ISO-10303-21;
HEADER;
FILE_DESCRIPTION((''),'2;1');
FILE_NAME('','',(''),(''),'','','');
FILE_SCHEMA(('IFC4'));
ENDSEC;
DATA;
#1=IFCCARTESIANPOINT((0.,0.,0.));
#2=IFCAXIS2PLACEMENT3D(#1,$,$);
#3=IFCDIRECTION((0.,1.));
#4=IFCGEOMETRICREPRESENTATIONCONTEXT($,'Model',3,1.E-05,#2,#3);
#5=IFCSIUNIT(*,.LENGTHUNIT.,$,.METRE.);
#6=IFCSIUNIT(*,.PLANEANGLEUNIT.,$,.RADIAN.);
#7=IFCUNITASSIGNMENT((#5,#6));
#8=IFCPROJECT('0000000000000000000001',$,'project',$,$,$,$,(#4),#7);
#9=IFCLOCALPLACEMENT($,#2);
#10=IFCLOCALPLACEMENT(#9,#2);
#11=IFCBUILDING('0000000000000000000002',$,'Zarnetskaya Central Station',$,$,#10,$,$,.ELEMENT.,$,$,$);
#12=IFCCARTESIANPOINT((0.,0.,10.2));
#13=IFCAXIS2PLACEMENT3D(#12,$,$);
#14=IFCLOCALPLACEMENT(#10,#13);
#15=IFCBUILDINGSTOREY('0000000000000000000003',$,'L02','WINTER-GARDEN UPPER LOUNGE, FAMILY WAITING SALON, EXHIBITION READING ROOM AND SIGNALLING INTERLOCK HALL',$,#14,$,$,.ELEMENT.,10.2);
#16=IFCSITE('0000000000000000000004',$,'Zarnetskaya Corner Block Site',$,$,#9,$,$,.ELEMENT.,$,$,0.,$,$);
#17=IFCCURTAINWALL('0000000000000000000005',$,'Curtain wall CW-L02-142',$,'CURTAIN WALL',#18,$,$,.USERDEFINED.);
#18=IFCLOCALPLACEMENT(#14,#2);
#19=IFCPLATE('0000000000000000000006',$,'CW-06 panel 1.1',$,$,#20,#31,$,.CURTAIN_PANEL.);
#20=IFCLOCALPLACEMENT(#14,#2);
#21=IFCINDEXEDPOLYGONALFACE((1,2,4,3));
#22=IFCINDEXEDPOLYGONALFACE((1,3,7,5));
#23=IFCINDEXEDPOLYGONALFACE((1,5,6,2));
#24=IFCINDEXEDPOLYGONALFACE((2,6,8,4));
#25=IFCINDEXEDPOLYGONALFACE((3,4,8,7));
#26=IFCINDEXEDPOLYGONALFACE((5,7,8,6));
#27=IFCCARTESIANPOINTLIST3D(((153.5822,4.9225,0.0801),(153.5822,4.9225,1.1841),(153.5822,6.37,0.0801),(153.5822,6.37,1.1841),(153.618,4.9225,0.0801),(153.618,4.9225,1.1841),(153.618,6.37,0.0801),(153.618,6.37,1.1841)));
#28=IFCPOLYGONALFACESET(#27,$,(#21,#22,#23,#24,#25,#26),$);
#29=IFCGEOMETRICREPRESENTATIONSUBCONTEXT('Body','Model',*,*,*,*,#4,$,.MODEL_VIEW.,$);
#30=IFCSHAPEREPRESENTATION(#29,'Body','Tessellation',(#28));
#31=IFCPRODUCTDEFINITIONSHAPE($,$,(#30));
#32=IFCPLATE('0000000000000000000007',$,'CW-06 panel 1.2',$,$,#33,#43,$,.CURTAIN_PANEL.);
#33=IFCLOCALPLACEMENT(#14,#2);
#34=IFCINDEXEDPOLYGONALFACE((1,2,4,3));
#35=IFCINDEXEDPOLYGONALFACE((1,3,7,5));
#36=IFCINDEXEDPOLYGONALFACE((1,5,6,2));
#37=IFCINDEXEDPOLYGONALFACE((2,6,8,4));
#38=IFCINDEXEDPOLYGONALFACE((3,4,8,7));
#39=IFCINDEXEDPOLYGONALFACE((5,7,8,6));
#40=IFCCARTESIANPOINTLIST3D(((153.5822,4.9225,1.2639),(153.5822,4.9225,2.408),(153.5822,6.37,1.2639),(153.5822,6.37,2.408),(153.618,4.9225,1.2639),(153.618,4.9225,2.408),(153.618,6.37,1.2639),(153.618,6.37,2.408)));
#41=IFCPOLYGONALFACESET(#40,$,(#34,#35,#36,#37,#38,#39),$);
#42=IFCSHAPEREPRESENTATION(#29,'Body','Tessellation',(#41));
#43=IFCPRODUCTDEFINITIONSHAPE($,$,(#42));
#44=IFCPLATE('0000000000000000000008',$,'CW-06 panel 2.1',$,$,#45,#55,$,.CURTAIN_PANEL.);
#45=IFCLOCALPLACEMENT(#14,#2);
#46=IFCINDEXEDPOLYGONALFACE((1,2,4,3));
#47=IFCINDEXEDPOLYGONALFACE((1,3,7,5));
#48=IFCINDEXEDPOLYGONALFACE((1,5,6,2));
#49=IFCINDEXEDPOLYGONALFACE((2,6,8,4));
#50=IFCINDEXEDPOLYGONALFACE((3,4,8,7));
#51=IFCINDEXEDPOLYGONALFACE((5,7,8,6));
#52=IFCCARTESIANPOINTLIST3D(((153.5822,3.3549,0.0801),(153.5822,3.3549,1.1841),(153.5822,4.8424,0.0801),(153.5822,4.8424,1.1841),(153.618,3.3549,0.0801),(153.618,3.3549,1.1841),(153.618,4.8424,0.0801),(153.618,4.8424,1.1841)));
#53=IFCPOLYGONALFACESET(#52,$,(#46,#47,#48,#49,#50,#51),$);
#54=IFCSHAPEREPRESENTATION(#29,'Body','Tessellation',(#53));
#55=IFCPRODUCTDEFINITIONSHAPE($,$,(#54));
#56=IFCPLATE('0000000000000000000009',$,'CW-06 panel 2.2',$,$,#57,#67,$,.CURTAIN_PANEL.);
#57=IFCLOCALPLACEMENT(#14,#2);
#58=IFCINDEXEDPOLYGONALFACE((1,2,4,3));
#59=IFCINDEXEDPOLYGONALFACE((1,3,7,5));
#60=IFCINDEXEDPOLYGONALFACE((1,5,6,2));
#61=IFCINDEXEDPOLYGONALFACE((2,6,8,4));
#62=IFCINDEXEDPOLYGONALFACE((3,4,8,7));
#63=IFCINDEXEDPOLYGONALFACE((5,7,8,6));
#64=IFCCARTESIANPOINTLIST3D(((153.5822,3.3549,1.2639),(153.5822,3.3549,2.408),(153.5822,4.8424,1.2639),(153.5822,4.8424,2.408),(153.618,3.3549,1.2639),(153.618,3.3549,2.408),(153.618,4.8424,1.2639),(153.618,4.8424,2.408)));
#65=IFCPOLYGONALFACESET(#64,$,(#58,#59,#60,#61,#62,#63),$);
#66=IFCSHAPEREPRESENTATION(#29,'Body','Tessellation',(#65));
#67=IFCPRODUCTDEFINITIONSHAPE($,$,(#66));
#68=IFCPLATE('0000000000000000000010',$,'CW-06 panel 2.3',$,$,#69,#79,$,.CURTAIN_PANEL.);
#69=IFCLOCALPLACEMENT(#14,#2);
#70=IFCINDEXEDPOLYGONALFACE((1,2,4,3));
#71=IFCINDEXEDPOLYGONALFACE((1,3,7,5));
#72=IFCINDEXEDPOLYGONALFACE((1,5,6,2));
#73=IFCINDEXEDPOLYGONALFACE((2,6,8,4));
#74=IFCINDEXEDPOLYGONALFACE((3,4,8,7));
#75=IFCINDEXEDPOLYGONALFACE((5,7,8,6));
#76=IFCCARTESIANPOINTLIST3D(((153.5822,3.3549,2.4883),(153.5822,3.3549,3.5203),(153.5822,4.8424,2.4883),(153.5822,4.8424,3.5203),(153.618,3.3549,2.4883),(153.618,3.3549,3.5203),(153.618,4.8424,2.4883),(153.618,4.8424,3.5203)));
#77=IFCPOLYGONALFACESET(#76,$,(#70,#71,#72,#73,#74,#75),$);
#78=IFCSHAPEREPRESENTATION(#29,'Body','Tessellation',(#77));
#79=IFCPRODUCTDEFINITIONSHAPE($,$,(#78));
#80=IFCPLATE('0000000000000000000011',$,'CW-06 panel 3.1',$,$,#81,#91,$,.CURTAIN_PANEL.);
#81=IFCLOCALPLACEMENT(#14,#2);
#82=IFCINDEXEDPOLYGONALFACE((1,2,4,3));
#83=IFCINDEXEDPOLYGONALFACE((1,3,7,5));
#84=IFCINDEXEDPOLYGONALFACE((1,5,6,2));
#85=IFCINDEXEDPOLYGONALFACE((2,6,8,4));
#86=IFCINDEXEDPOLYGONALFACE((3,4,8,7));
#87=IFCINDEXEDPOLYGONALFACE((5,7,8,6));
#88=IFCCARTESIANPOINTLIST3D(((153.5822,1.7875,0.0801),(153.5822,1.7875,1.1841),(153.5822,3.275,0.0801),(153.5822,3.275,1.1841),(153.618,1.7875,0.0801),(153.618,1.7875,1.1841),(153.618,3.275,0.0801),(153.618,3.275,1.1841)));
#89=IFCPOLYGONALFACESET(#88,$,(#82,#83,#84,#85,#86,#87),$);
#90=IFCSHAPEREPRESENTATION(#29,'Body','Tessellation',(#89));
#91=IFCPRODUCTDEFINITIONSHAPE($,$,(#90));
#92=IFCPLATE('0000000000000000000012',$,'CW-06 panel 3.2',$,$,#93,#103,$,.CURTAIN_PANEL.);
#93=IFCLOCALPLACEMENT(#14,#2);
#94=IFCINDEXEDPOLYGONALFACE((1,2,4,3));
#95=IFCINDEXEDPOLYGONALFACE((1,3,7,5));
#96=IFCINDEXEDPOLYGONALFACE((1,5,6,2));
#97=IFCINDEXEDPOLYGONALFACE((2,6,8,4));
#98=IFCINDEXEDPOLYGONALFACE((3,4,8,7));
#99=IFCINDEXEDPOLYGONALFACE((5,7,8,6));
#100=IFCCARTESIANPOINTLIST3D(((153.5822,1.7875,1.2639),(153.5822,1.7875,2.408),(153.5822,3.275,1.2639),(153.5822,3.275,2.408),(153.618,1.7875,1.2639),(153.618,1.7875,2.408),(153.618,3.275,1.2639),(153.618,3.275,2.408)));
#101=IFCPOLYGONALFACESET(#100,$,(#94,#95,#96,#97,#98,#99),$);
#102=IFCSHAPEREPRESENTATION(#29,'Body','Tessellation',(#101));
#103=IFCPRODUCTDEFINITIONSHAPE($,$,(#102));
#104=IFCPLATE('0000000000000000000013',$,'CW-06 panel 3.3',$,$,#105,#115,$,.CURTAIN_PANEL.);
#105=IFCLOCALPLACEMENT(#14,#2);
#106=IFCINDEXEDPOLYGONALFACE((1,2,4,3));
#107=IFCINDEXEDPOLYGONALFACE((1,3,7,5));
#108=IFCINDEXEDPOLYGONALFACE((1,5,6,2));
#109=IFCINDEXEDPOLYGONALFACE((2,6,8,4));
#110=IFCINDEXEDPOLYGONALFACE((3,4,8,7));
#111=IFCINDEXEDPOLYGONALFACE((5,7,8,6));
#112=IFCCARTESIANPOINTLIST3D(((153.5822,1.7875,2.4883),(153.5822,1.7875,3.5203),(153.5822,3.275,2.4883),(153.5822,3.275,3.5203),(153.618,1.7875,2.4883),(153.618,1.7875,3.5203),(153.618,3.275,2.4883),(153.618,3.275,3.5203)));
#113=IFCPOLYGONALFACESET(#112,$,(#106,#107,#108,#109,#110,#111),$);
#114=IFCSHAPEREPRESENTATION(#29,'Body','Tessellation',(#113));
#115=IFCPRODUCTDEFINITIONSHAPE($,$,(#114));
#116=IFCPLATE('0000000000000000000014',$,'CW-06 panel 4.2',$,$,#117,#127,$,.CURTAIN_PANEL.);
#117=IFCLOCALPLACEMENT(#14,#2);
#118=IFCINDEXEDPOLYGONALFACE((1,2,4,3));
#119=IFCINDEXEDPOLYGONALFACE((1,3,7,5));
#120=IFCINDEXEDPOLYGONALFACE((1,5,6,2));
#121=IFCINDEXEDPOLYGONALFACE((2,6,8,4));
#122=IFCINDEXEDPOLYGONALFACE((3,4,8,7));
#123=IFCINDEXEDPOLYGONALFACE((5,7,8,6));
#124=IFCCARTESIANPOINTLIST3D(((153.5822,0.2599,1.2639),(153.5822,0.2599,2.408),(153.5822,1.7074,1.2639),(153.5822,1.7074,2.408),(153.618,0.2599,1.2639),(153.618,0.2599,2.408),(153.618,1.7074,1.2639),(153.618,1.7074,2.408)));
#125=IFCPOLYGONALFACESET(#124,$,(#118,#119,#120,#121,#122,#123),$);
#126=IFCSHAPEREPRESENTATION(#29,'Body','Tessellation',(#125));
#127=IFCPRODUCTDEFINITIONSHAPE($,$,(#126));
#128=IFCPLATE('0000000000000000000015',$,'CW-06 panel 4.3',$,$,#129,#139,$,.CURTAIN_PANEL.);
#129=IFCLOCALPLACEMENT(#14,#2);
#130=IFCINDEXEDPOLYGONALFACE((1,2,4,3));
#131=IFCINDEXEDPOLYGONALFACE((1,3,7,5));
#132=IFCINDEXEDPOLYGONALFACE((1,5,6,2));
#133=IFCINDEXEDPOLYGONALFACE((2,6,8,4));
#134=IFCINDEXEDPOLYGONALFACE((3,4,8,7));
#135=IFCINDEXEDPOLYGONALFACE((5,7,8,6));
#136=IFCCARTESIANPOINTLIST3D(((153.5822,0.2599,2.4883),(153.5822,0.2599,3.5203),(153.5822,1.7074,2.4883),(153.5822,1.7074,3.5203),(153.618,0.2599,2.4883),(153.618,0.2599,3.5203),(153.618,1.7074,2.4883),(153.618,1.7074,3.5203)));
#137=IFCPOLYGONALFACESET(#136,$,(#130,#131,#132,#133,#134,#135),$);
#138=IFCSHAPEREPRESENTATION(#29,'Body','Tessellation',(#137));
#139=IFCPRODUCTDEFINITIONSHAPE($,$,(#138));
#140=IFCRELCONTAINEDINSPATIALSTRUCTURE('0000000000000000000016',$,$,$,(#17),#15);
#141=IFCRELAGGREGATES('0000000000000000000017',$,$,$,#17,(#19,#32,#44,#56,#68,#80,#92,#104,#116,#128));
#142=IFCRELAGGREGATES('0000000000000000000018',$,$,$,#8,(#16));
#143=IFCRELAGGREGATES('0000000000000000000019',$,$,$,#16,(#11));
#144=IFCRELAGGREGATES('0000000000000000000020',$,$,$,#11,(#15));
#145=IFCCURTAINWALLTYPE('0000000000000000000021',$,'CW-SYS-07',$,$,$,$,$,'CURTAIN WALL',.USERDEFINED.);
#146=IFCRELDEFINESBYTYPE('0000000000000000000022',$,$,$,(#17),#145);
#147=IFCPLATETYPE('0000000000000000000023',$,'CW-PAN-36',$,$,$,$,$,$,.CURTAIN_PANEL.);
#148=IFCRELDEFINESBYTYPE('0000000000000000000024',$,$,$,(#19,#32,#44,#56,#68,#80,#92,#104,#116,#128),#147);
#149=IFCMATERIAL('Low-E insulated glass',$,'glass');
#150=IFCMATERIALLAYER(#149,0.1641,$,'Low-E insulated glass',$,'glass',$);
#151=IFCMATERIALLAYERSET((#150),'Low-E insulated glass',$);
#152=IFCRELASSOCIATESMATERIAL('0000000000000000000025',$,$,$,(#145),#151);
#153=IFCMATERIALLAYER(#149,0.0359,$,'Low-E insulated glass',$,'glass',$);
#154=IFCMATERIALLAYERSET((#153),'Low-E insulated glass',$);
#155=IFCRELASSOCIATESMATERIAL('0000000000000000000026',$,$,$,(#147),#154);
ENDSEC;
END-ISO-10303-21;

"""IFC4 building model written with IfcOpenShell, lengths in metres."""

from ifc_helpers import new_model, si_unit, direction, frame, origin, origin_2d, place, context, subcontext, project, spatial, rectangle, extrude, material, layer, layer_set, type_object, element, aggregate, save


model = new_model("IFC4")

# Units and contexts
model_context = context("Model", 3, precision=1e-05, world=origin(), true_north=direction((0.0, 1.0)))
body_context = subcontext(model_context, "Body", "Model", "MODEL_VIEW")
ifc_project = project(units=[si_unit("LENGTHUNIT", "METRE"), si_unit("PLANEANGLEUNIT", "RADIAN")], contexts=[model_context])

# Site, building, storey
site_placement = place(None, origin())
site = spatial("IfcSite", under=ifc_project, at=site_placement, Name="Zarnetskaya Corner Block Site", CompositionType="ELEMENT", RefElevation=0.0)
building_placement = place(site_placement, origin())
building = spatial("IfcBuilding", under=site, at=building_placement, Name="Zarnetskaya Central Station", CompositionType="ELEMENT")
storey_placement = place(building_placement, frame((0.0, 0.0, 10.2)))
storey = spatial("IfcBuildingStorey", under=building, at=storey_placement, Name="L02", Description="WINTER-GARDEN UPPER LOUNGE, FAMILY WAITING SALON, EXHIBITION READING ROOM AND SIGNALLING INTERLOCK HALL", CompositionType="ELEMENT", Elevation=10.2)

# Curtain wall, plates
ifc_material_1 = material(Name="Low-E insulated glass", Category="glass")
ifc_layer_1 = layer(ifc_material_1, 0.1641, Name="Low-E insulated glass", Category="glass")
ifc_layer_set_1 = layer_set([ifc_layer_1], Name="Low-E insulated glass")
curtain_wall_type = type_object("IfcCurtainWallType", Name="CW-SYS-07", ElementType="CURTAIN WALL", PredefinedType="USERDEFINED", material=ifc_layer_set_1)
curtain_wall_placement = place(storey_placement, origin())
curtain_wall = element("IfcCurtainWall", 1, at=curtain_wall_placement, inside=storey, type_object=curtain_wall_type, Name="Curtain wall CW-L02-142", ObjectType="CURTAIN WALL", PredefinedType="USERDEFINED")
ifc_layer_2 = layer(ifc_material_1, 0.0359, Name="Low-E insulated glass", Category="glass")
ifc_layer_set_2 = layer_set([ifc_layer_2], Name="Low-E insulated glass")
plate_type = type_object("IfcPlateType", Name="CW-PAN-36", PredefinedType="CURTAIN_PANEL", material=ifc_layer_set_2)
plate_1_placement = place(storey_placement, frame((153.6001, 5.6462, 0.0801), z_axis=(0.0, 0.0, 1.0), x_axis=(0.0, -1.0, 0.0)))
plate_1 = element("IfcPlate", 2, at=plate_1_placement, type_object=plate_type, Name="CW-06 panel 1.1", PredefinedType="CURTAIN_PANEL", context=body_context, shape_type="SweptSolid", body=[
    extrude(rectangle(XDim=1.4475, YDim=0.0359, at=origin_2d()), origin(), (0.0, 0.0, 1.0), 1.104),
])
plate_2_placement = place(storey_placement, frame((153.6001, 5.6462, 1.2639), z_axis=(0.0, 0.0, 1.0), x_axis=(0.0, -1.0, 0.0)))
plate_2 = element("IfcPlate", 3, at=plate_2_placement, type_object=plate_type, Name="CW-06 panel 1.2", PredefinedType="CURTAIN_PANEL", context=body_context, shape_type="SweptSolid", body=[
    extrude(rectangle(XDim=1.4475, YDim=0.0359, at=origin_2d()), origin(), (0.0, 0.0, 1.0), 1.144),
])
plate_3_placement = place(storey_placement, frame((153.6001, 4.0986, 0.0801), z_axis=(0.0, 0.0, 1.0), x_axis=(0.0, -1.0, 0.0)))
plate_3 = element("IfcPlate", 4, at=plate_3_placement, type_object=plate_type, Name="CW-06 panel 2.1", PredefinedType="CURTAIN_PANEL", context=body_context, shape_type="SweptSolid", body=[
    extrude(rectangle(XDim=1.4875, YDim=0.0359, at=origin_2d()), origin(), (0.0, 0.0, 1.0), 1.104),
])
plate_4_placement = place(storey_placement, frame((153.6001, 4.0986, 1.2639), z_axis=(0.0, 0.0, 1.0), x_axis=(0.0, -1.0, 0.0)))
plate_4 = element("IfcPlate", 5, at=plate_4_placement, type_object=plate_type, Name="CW-06 panel 2.2", PredefinedType="CURTAIN_PANEL", context=body_context, shape_type="SweptSolid", body=[
    extrude(rectangle(XDim=1.4875, YDim=0.0359, at=origin_2d()), origin(), (0.0, 0.0, 1.0), 1.144),
])
plate_5_placement = place(storey_placement, frame((153.6001, 4.0986, 2.4883), z_axis=(0.0, 0.0, 1.0), x_axis=(0.0, -1.0, 0.0)))
plate_5 = element("IfcPlate", 6, at=plate_5_placement, type_object=plate_type, Name="CW-06 panel 2.3", PredefinedType="CURTAIN_PANEL", context=body_context, shape_type="SweptSolid", body=[
    extrude(rectangle(XDim=1.4875, YDim=0.0359, at=origin_2d()), origin(), (0.0, 0.0, 1.0), 1.032),
])
plate_6_placement = place(storey_placement, frame((153.6001, 2.5312, 0.0801), z_axis=(0.0, 0.0, 1.0), x_axis=(0.0, -1.0, 0.0)))
plate_6 = element("IfcPlate", 7, at=plate_6_placement, type_object=plate_type, Name="CW-06 panel 3.1", PredefinedType="CURTAIN_PANEL", context=body_context, shape_type="SweptSolid", body=[
    extrude(rectangle(XDim=1.4875, YDim=0.0359, at=origin_2d()), origin(), (0.0, 0.0, 1.0), 1.104),
])
plate_7_placement = place(storey_placement, frame((153.6001, 2.5312, 1.2639), z_axis=(0.0, 0.0, 1.0), x_axis=(0.0, -1.0, 0.0)))
plate_7 = element("IfcPlate", 8, at=plate_7_placement, type_object=plate_type, Name="CW-06 panel 3.2", PredefinedType="CURTAIN_PANEL", context=body_context, shape_type="SweptSolid", body=[
    extrude(rectangle(XDim=1.4875, YDim=0.0359, at=origin_2d()), origin(), (0.0, 0.0, 1.0), 1.144),
])
plate_8_placement = place(storey_placement, frame((153.6001, 2.5312, 2.4883), z_axis=(0.0, 0.0, 1.0), x_axis=(0.0, -1.0, 0.0)))
plate_8 = element("IfcPlate", 9, at=plate_8_placement, type_object=plate_type, Name="CW-06 panel 3.3", PredefinedType="CURTAIN_PANEL", context=body_context, shape_type="SweptSolid", body=[
    extrude(rectangle(XDim=1.4875, YDim=0.0359, at=origin_2d()), origin(), (0.0, 0.0, 1.0), 1.032),
])
plate_9_placement = place(storey_placement, frame((153.6001, 0.9836, 1.2639), z_axis=(0.0, 0.0, 1.0), x_axis=(0.0, -1.0, 0.0)))
plate_9 = element("IfcPlate", 10, at=plate_9_placement, type_object=plate_type, Name="CW-06 panel 4.2", PredefinedType="CURTAIN_PANEL", context=body_context, shape_type="SweptSolid", body=[
    extrude(rectangle(XDim=1.4475, YDim=0.0359, at=origin_2d()), origin(), (0.0, 0.0, 1.0), 1.144),
])
plate_10_placement = place(storey_placement, frame((153.6001, 0.9836, 2.4883), z_axis=(0.0, 0.0, 1.0), x_axis=(0.0, -1.0, 0.0)))
plate_10 = element("IfcPlate", 11, at=plate_10_placement, type_object=plate_type, Name="CW-06 panel 4.3", PredefinedType="CURTAIN_PANEL", context=body_context, shape_type="SweptSolid", body=[
    extrude(rectangle(XDim=1.4475, YDim=0.0359, at=origin_2d()), origin(), (0.0, 0.0, 1.0), 1.032),
])
aggregate(curtain_wall, [plate_1, plate_2, plate_3, plate_4, plate_5, plate_6, plate_7, plate_8, plate_9, plate_10])

save(model, "model.ifc")
